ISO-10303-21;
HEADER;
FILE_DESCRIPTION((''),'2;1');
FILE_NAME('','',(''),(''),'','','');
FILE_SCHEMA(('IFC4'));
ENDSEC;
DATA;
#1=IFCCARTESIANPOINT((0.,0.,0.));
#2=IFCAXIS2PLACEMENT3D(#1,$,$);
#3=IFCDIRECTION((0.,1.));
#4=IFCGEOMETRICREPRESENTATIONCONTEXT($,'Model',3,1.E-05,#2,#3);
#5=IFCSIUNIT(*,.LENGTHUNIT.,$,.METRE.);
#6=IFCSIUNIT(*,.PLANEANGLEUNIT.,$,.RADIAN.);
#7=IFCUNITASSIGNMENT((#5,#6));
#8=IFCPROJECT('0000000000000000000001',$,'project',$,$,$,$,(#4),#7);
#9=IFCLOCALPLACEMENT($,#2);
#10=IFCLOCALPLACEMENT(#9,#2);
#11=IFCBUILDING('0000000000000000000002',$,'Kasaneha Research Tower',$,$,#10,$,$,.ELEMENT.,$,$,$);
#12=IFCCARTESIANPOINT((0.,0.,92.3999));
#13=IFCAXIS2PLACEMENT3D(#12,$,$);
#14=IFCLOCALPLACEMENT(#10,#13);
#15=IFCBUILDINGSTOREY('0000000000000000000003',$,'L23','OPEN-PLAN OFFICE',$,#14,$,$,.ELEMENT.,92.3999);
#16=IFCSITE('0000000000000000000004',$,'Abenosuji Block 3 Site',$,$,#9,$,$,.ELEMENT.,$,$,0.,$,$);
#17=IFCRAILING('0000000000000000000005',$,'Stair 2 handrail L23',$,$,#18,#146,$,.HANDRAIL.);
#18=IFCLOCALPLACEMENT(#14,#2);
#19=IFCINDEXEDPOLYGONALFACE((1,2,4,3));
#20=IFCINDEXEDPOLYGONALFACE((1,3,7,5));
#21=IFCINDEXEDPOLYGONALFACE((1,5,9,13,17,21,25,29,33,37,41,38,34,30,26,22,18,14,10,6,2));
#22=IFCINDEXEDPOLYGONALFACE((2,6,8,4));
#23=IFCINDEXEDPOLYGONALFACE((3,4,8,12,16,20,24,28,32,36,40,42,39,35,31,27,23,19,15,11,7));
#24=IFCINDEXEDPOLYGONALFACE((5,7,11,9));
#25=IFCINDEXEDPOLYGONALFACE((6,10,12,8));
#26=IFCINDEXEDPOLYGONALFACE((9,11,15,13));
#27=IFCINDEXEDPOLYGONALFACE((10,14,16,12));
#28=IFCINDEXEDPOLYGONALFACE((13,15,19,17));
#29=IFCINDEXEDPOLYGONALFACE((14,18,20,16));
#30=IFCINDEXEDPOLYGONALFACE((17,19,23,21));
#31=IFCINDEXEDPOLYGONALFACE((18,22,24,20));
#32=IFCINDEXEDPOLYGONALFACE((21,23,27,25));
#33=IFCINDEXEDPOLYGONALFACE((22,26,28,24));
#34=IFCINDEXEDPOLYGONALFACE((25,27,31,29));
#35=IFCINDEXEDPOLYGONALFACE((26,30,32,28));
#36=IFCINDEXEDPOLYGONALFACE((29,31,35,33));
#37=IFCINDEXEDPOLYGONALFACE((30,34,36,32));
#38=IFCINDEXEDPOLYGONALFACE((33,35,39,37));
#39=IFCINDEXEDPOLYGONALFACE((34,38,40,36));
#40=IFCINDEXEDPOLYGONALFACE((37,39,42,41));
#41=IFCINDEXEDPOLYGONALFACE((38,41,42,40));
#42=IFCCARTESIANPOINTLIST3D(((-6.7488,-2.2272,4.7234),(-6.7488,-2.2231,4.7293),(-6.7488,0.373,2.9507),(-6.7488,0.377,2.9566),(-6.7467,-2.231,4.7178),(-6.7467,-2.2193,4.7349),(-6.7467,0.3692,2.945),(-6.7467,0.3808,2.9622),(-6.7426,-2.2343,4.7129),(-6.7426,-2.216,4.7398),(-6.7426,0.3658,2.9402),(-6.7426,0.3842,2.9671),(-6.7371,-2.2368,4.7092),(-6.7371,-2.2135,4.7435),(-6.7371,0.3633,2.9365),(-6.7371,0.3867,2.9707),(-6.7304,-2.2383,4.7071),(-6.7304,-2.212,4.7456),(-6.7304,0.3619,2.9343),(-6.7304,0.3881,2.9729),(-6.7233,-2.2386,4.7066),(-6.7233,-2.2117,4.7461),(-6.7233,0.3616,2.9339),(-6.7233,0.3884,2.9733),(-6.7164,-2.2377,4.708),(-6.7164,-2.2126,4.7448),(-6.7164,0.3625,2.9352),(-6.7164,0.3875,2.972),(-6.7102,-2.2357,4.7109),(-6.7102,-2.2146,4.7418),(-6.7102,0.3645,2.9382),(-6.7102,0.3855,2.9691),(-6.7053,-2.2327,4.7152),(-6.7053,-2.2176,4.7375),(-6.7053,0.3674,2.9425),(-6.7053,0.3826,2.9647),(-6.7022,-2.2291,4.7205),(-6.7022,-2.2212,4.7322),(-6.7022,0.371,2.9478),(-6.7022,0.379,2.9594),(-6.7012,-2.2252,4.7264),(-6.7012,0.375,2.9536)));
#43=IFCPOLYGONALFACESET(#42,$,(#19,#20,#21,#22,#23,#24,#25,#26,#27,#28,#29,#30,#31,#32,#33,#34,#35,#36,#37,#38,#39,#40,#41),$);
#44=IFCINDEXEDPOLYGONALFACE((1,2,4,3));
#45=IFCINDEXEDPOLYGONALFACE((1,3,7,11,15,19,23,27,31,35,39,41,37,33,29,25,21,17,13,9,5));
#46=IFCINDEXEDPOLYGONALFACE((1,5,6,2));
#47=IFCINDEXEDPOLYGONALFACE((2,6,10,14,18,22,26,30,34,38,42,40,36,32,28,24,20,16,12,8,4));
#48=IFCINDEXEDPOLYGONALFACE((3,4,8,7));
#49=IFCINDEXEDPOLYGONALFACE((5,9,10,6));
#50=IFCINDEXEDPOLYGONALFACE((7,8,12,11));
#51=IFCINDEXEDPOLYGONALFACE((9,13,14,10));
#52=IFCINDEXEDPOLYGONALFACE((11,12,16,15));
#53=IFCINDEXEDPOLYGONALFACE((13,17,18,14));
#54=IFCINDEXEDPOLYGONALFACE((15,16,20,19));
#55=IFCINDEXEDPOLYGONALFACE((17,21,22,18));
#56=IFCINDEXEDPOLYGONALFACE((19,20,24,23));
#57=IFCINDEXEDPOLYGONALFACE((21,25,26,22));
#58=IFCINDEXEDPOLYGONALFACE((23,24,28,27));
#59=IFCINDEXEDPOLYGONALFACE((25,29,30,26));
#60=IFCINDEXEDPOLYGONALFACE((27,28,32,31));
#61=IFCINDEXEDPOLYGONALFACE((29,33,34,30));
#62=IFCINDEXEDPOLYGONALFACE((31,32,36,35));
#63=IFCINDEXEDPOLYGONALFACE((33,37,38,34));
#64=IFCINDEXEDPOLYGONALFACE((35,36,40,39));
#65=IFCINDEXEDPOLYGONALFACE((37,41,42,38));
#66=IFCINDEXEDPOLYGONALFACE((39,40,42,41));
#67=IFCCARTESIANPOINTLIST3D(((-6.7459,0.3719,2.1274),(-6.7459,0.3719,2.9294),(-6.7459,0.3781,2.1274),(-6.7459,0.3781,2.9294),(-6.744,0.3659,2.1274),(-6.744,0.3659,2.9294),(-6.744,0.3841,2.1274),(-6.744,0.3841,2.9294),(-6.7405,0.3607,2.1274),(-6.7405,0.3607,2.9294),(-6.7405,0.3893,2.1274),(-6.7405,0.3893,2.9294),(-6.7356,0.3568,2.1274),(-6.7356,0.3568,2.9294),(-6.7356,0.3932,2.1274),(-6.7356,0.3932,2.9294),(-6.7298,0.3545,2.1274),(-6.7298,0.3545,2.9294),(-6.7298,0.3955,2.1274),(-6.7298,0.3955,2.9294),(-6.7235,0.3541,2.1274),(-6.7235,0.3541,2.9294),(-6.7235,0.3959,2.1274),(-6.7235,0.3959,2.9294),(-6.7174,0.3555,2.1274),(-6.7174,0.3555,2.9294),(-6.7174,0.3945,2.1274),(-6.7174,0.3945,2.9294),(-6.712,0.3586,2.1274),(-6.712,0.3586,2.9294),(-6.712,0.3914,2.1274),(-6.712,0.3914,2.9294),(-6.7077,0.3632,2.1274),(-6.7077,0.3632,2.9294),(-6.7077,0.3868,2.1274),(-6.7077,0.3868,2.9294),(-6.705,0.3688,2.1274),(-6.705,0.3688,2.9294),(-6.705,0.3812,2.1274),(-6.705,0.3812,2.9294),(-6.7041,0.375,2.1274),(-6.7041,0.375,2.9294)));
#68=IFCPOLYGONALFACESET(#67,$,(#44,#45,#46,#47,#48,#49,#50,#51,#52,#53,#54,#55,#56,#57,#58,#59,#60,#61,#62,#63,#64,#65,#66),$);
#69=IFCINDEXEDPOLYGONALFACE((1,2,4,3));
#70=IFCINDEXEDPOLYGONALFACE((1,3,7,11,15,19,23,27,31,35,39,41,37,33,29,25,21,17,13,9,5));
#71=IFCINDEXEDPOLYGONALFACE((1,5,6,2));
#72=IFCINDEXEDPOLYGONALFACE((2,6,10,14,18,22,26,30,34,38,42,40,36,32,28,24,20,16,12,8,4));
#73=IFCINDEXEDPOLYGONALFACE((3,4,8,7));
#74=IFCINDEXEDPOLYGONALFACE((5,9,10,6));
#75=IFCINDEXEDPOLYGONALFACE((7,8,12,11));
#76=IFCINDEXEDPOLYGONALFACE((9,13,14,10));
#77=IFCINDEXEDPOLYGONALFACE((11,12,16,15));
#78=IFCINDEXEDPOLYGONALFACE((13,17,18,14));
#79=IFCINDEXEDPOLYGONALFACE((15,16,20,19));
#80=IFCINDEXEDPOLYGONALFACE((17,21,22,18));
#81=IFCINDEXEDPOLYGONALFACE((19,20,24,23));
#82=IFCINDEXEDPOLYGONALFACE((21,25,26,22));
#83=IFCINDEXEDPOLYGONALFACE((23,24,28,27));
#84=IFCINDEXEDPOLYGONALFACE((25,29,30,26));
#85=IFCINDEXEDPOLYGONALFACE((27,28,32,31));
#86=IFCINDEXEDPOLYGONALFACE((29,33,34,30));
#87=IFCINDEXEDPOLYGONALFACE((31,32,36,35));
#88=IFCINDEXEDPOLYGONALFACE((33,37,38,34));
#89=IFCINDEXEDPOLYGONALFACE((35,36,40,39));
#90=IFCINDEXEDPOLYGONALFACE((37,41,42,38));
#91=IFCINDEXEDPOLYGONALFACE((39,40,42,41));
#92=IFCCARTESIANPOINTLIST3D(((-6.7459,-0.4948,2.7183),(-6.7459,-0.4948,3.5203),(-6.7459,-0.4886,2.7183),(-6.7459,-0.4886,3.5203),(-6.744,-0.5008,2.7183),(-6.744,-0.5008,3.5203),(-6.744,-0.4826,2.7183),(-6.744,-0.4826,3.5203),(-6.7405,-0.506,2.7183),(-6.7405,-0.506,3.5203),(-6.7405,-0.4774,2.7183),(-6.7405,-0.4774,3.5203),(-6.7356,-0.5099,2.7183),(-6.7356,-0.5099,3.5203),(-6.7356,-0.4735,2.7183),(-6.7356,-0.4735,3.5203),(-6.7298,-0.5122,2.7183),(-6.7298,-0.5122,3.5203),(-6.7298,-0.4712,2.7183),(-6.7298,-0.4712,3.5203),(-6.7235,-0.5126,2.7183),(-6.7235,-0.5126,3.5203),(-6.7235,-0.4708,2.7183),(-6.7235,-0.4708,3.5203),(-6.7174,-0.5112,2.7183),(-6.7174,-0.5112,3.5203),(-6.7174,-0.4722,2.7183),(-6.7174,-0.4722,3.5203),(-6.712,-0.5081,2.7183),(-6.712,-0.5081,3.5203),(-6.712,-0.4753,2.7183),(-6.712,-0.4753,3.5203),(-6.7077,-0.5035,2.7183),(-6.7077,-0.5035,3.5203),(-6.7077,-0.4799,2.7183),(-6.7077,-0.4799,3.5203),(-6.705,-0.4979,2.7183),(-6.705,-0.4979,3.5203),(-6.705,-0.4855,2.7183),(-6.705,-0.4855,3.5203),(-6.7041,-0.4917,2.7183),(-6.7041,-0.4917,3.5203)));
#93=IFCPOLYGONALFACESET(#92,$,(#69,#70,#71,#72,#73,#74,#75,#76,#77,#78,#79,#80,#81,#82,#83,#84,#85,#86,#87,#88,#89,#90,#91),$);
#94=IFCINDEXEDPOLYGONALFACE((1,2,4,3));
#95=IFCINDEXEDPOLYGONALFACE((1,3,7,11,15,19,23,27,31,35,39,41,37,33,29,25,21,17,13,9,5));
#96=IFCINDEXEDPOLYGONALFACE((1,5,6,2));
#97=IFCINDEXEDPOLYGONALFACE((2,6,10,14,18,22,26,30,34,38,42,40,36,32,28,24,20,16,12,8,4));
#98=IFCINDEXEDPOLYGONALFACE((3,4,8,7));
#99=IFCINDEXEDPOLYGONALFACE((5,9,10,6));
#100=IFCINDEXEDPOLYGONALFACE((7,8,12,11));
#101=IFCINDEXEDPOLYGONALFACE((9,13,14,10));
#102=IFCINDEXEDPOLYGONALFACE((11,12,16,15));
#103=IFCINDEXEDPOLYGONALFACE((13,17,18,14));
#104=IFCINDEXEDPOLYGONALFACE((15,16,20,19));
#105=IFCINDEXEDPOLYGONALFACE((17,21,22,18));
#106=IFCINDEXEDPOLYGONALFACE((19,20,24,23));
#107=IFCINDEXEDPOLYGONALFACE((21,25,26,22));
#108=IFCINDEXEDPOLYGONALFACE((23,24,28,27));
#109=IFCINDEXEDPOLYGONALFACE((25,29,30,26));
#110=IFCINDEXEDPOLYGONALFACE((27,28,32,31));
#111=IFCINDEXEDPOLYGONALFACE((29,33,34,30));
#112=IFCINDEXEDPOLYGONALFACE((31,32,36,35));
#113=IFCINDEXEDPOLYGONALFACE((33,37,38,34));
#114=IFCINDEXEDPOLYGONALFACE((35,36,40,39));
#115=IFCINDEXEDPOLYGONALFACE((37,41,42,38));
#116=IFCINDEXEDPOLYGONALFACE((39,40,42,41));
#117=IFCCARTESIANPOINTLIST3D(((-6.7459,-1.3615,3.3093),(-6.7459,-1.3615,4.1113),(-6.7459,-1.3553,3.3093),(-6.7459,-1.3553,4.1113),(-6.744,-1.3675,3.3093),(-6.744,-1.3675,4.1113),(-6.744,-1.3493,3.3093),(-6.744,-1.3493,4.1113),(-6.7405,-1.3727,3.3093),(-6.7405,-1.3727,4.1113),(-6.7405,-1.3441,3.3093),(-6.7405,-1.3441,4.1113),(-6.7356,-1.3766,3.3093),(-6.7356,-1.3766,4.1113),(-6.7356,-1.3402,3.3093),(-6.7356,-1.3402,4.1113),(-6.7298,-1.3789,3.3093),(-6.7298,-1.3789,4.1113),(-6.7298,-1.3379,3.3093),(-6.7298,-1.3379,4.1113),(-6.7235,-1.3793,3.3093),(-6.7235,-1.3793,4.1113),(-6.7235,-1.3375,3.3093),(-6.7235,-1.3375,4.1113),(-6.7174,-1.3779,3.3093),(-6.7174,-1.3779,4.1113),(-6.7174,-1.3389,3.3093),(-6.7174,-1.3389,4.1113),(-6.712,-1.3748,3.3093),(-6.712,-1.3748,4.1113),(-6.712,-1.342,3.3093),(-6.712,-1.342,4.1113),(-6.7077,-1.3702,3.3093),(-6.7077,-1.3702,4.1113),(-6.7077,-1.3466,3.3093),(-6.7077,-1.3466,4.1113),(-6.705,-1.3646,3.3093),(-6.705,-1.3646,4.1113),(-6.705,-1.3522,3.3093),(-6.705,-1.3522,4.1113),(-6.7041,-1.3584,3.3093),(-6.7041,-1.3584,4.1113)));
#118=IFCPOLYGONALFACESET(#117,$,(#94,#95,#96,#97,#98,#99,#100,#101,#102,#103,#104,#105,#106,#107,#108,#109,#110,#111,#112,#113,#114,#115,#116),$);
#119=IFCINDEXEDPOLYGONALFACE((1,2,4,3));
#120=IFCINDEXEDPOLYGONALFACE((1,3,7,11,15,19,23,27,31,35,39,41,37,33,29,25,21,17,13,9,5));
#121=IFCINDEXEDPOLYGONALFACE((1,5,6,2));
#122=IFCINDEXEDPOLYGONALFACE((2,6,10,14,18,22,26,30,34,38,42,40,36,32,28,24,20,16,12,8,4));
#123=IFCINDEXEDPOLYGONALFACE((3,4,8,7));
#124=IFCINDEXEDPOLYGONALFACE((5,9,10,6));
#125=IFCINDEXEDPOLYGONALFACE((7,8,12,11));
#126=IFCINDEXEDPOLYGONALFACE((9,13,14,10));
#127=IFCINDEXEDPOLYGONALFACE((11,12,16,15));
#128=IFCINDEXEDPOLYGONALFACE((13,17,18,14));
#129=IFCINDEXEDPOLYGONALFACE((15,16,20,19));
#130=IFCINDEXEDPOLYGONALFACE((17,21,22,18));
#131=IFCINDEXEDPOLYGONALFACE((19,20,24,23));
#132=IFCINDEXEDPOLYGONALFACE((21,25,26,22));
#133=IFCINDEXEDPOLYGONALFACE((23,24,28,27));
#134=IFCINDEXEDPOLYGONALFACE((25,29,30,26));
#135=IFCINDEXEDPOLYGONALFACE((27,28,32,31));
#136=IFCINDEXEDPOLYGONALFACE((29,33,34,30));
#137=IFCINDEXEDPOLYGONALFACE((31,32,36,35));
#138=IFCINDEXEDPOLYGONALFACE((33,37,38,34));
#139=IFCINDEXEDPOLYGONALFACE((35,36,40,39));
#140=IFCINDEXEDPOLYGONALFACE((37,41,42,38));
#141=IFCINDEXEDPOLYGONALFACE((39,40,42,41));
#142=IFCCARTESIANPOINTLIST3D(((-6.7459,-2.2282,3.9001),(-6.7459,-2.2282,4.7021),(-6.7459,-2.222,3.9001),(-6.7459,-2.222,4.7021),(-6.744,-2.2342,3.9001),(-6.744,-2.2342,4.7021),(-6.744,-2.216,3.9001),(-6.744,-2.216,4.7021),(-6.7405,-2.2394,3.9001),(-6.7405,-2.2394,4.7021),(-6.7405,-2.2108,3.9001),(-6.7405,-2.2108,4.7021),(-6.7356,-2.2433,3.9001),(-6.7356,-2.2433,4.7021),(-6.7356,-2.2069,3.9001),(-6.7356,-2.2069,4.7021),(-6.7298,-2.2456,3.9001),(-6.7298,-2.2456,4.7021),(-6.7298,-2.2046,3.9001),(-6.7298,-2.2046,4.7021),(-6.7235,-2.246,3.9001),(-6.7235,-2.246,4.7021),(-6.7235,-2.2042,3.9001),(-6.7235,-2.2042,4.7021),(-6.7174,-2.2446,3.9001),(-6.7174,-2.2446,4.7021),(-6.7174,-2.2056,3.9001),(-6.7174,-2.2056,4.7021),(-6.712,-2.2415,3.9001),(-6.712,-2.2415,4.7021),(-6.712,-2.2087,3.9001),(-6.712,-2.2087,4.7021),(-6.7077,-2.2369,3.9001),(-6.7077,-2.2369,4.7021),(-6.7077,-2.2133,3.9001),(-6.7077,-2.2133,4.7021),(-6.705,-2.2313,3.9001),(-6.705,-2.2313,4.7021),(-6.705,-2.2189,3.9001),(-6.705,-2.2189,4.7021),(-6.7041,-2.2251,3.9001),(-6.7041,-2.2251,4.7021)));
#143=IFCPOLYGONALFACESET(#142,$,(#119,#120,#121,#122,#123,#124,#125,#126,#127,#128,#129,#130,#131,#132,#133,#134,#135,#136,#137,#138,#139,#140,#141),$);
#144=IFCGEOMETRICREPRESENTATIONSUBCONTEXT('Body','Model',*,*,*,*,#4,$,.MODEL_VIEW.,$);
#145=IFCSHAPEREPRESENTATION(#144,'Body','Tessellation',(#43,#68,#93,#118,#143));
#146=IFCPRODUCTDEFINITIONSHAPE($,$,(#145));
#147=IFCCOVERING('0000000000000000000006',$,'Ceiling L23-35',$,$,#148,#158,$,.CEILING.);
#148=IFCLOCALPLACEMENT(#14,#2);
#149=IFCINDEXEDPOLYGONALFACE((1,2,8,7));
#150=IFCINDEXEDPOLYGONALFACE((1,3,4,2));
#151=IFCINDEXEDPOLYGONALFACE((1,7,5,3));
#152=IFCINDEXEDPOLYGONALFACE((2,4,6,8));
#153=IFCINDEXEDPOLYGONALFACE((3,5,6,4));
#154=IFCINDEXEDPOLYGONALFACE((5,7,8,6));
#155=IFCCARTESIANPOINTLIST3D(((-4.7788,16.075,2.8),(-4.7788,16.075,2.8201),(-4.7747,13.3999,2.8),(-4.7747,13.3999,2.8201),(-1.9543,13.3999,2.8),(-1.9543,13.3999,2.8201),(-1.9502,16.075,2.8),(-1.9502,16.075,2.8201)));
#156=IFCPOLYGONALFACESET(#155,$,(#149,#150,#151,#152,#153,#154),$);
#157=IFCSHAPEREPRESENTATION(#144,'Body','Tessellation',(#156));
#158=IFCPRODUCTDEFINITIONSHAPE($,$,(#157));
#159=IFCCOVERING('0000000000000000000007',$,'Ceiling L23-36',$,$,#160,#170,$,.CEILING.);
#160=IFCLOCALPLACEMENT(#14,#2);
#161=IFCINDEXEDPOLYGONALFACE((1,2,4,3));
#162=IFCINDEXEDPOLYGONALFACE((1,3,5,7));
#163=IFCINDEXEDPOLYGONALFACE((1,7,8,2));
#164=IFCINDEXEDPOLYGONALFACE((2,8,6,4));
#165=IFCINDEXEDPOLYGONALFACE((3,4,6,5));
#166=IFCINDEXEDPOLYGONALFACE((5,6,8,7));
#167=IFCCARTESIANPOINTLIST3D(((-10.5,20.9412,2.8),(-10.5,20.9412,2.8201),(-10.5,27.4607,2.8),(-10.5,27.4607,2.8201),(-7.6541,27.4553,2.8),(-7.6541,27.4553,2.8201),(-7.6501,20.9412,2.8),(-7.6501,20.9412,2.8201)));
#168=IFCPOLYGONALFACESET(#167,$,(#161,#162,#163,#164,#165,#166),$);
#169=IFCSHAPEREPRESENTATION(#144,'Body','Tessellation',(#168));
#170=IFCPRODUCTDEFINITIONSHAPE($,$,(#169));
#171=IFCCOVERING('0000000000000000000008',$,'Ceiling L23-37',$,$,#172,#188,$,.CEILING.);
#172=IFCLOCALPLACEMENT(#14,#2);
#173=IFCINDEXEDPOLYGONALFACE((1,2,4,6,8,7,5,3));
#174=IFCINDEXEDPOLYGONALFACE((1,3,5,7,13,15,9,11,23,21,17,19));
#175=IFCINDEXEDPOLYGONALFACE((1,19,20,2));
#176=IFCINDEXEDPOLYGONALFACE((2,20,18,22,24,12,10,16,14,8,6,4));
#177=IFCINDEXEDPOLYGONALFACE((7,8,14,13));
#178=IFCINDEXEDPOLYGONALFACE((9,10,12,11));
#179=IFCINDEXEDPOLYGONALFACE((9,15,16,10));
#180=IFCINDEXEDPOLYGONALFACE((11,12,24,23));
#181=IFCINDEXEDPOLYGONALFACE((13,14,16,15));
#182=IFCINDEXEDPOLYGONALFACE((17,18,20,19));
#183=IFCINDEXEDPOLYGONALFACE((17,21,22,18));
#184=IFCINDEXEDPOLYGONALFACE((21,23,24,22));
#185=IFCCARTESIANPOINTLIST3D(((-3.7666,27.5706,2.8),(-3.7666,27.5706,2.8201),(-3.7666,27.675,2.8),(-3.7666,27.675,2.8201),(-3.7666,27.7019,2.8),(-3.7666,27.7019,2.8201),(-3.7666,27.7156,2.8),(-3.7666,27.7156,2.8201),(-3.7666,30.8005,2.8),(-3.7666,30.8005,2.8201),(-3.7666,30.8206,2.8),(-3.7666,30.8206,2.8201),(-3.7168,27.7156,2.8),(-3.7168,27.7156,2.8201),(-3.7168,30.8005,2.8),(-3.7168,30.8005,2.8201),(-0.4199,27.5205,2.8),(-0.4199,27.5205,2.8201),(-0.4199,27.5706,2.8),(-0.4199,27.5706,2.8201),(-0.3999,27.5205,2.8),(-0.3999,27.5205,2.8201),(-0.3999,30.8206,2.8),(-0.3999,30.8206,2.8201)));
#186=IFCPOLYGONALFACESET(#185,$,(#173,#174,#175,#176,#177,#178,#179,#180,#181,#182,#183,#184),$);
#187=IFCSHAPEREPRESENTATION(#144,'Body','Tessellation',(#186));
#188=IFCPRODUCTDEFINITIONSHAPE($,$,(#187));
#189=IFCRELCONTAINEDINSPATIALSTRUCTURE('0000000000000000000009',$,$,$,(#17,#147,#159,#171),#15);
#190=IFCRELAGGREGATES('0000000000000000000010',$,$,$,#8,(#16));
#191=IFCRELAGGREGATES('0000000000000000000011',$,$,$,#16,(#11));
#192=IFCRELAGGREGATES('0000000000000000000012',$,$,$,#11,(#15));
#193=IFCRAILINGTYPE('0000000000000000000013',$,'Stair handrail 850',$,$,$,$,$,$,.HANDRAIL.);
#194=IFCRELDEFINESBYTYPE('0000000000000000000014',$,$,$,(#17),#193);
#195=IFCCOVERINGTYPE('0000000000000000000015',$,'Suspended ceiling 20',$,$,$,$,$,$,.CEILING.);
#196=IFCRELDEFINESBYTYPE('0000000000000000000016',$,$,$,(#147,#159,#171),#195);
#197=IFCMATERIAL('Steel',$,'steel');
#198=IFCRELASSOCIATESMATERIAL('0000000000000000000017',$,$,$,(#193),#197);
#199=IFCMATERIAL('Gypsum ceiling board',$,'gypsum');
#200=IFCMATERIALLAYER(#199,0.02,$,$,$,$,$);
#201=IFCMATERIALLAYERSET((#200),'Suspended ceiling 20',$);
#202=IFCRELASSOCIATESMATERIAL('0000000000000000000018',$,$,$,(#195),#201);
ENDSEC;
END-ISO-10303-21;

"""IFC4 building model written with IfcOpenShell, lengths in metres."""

from ifc_helpers import new_model, si_unit, direction, frame, origin, origin_2d, place, context, subcontext, project, spatial, polyline, circle, outline, extrude, material, layer, layer_set, type_object, element, save


model = new_model("IFC4")

# Units and contexts
model_context = context("Model", 3, precision=1e-05, world=origin(), true_north=direction((0.0, 1.0)))
body_context = subcontext(model_context, "Body", "Model", "MODEL_VIEW")
ifc_project = project(units=[si_unit("LENGTHUNIT", "METRE"), si_unit("PLANEANGLEUNIT", "RADIAN")], contexts=[model_context])

# Site, building, storey
site_placement = place(None, origin())
site = spatial("IfcSite", under=ifc_project, at=site_placement, Name="Abenosuji Block 3 Site", CompositionType="ELEMENT", RefElevation=0.0)
building_placement = place(site_placement, origin())
building = spatial("IfcBuilding", under=site, at=building_placement, Name="Kasaneha Research Tower", CompositionType="ELEMENT")
storey_placement = place(building_placement, frame((0.0, 0.0, 92.3999)))
storey = spatial("IfcBuildingStorey", under=building, at=storey_placement, Name="L23", Description="OPEN-PLAN OFFICE", CompositionType="ELEMENT", Elevation=92.3999)

# Railing
ifc_material_1 = material(Name="Steel", Category="steel")
railing_type = type_object("IfcRailingType", Name="Stair handrail 850", PredefinedType="HANDRAIL", material=ifc_material_1)
railing_placement = place(storey_placement, frame((-6.7251, 0.375, 2.1274)))
element("IfcRailing", 1, at=railing_placement, inside=storey, type_object=railing_type, Name="Stair 2 handrail L23", PredefinedType="HANDRAIL", context=body_context, shape_type="SweptSolid", body=[
    extrude(circle(Radius=0.0239, at=origin_2d()), frame((0.0, 0.0, 0.8262), z_axis=(0.0, -0.82624, 0.563318), x_axis=(1.0, 0.0, 0.0)), (0.0, 0.0, 1.0), 3.147),
    extrude(circle(Radius=0.021, at=origin_2d()), origin(), (0.0, 0.0, 1.0), 0.802),
    extrude(circle(Radius=0.021, at=origin_2d()), frame((0.0, -0.8667, 0.5908)), (0.0, 0.0, 1.0), 0.802),
    extrude(circle(Radius=0.021, at=origin_2d()), frame((0.0, -1.7334, 1.1819)), (0.0, 0.0, 1.0), 0.802),
    extrude(circle(Radius=0.021, at=origin_2d()), frame((0.0, -2.6001, 1.7727)), (0.0, 0.0, 1.0), 0.802),
])

# Coverings
ifc_material_2 = material(Name="Gypsum ceiling board", Category="gypsum")
ifc_layer_1 = layer(ifc_material_2, 0.02)
ifc_layer_set_1 = layer_set([ifc_layer_1], Name="Suspended ceiling 20")
covering_type = type_object("IfcCoveringType", Name="Suspended ceiling 20", PredefinedType="CEILING", material=ifc_layer_set_1)
covering_1_placement = place(storey_placement, frame((0.0, 0.0, 2.8)))
element("IfcCovering", 2, at=covering_1_placement, inside=storey, type_object=covering_type, Name="Ceiling L23-35", PredefinedType="CEILING", context=body_context, shape_type="SweptSolid", body=[
    extrude(outline(polyline([(-4.7788, 16.075), (-1.9502, 16.075), (-1.9543, 13.3999), (-4.7747, 13.3999), (-4.7788, 16.075)])), origin(), (0.0, 0.0, 1.0), 0.02),
])
covering_2_placement = place(storey_placement, frame((0.0, 0.0, 2.8)))
element("IfcCovering", 3, at=covering_2_placement, inside=storey, type_object=covering_type, Name="Ceiling L23-36", PredefinedType="CEILING", context=body_context, shape_type="SweptSolid", body=[
    extrude(outline(polyline([(-10.5, 27.4607), (-7.6541, 27.4553), (-7.6501, 20.9412), (-10.5, 20.9412), (-10.5, 27.4607)])), origin(), (0.0, 0.0, 1.0), 0.02),
])
covering_3_placement = place(storey_placement, frame((0.0, 0.0, 2.8)))
element("IfcCovering", 4, at=covering_3_placement, inside=storey, type_object=covering_type, Name="Ceiling L23-37", PredefinedType="CEILING", context=body_context, shape_type="SweptSolid", body=[
    extrude(outline(polyline([(-0.3999, 27.5205), (-0.4199, 27.5205), (-0.4199, 27.5706), (-3.7666, 27.5706), (-3.7666, 27.675), (-3.7666, 27.675), (-3.7666, 27.7019), (-3.7666, 27.7156), (-3.7168, 27.7156), (-3.7168, 30.8005), (-3.7666, 30.8005), (-3.7666, 30.8206), (-0.3999, 30.8206), (-0.3999, 27.5205)])), origin(), (0.0, 0.0, 1.0), 0.02),
])

save(model, "model.ifc")
